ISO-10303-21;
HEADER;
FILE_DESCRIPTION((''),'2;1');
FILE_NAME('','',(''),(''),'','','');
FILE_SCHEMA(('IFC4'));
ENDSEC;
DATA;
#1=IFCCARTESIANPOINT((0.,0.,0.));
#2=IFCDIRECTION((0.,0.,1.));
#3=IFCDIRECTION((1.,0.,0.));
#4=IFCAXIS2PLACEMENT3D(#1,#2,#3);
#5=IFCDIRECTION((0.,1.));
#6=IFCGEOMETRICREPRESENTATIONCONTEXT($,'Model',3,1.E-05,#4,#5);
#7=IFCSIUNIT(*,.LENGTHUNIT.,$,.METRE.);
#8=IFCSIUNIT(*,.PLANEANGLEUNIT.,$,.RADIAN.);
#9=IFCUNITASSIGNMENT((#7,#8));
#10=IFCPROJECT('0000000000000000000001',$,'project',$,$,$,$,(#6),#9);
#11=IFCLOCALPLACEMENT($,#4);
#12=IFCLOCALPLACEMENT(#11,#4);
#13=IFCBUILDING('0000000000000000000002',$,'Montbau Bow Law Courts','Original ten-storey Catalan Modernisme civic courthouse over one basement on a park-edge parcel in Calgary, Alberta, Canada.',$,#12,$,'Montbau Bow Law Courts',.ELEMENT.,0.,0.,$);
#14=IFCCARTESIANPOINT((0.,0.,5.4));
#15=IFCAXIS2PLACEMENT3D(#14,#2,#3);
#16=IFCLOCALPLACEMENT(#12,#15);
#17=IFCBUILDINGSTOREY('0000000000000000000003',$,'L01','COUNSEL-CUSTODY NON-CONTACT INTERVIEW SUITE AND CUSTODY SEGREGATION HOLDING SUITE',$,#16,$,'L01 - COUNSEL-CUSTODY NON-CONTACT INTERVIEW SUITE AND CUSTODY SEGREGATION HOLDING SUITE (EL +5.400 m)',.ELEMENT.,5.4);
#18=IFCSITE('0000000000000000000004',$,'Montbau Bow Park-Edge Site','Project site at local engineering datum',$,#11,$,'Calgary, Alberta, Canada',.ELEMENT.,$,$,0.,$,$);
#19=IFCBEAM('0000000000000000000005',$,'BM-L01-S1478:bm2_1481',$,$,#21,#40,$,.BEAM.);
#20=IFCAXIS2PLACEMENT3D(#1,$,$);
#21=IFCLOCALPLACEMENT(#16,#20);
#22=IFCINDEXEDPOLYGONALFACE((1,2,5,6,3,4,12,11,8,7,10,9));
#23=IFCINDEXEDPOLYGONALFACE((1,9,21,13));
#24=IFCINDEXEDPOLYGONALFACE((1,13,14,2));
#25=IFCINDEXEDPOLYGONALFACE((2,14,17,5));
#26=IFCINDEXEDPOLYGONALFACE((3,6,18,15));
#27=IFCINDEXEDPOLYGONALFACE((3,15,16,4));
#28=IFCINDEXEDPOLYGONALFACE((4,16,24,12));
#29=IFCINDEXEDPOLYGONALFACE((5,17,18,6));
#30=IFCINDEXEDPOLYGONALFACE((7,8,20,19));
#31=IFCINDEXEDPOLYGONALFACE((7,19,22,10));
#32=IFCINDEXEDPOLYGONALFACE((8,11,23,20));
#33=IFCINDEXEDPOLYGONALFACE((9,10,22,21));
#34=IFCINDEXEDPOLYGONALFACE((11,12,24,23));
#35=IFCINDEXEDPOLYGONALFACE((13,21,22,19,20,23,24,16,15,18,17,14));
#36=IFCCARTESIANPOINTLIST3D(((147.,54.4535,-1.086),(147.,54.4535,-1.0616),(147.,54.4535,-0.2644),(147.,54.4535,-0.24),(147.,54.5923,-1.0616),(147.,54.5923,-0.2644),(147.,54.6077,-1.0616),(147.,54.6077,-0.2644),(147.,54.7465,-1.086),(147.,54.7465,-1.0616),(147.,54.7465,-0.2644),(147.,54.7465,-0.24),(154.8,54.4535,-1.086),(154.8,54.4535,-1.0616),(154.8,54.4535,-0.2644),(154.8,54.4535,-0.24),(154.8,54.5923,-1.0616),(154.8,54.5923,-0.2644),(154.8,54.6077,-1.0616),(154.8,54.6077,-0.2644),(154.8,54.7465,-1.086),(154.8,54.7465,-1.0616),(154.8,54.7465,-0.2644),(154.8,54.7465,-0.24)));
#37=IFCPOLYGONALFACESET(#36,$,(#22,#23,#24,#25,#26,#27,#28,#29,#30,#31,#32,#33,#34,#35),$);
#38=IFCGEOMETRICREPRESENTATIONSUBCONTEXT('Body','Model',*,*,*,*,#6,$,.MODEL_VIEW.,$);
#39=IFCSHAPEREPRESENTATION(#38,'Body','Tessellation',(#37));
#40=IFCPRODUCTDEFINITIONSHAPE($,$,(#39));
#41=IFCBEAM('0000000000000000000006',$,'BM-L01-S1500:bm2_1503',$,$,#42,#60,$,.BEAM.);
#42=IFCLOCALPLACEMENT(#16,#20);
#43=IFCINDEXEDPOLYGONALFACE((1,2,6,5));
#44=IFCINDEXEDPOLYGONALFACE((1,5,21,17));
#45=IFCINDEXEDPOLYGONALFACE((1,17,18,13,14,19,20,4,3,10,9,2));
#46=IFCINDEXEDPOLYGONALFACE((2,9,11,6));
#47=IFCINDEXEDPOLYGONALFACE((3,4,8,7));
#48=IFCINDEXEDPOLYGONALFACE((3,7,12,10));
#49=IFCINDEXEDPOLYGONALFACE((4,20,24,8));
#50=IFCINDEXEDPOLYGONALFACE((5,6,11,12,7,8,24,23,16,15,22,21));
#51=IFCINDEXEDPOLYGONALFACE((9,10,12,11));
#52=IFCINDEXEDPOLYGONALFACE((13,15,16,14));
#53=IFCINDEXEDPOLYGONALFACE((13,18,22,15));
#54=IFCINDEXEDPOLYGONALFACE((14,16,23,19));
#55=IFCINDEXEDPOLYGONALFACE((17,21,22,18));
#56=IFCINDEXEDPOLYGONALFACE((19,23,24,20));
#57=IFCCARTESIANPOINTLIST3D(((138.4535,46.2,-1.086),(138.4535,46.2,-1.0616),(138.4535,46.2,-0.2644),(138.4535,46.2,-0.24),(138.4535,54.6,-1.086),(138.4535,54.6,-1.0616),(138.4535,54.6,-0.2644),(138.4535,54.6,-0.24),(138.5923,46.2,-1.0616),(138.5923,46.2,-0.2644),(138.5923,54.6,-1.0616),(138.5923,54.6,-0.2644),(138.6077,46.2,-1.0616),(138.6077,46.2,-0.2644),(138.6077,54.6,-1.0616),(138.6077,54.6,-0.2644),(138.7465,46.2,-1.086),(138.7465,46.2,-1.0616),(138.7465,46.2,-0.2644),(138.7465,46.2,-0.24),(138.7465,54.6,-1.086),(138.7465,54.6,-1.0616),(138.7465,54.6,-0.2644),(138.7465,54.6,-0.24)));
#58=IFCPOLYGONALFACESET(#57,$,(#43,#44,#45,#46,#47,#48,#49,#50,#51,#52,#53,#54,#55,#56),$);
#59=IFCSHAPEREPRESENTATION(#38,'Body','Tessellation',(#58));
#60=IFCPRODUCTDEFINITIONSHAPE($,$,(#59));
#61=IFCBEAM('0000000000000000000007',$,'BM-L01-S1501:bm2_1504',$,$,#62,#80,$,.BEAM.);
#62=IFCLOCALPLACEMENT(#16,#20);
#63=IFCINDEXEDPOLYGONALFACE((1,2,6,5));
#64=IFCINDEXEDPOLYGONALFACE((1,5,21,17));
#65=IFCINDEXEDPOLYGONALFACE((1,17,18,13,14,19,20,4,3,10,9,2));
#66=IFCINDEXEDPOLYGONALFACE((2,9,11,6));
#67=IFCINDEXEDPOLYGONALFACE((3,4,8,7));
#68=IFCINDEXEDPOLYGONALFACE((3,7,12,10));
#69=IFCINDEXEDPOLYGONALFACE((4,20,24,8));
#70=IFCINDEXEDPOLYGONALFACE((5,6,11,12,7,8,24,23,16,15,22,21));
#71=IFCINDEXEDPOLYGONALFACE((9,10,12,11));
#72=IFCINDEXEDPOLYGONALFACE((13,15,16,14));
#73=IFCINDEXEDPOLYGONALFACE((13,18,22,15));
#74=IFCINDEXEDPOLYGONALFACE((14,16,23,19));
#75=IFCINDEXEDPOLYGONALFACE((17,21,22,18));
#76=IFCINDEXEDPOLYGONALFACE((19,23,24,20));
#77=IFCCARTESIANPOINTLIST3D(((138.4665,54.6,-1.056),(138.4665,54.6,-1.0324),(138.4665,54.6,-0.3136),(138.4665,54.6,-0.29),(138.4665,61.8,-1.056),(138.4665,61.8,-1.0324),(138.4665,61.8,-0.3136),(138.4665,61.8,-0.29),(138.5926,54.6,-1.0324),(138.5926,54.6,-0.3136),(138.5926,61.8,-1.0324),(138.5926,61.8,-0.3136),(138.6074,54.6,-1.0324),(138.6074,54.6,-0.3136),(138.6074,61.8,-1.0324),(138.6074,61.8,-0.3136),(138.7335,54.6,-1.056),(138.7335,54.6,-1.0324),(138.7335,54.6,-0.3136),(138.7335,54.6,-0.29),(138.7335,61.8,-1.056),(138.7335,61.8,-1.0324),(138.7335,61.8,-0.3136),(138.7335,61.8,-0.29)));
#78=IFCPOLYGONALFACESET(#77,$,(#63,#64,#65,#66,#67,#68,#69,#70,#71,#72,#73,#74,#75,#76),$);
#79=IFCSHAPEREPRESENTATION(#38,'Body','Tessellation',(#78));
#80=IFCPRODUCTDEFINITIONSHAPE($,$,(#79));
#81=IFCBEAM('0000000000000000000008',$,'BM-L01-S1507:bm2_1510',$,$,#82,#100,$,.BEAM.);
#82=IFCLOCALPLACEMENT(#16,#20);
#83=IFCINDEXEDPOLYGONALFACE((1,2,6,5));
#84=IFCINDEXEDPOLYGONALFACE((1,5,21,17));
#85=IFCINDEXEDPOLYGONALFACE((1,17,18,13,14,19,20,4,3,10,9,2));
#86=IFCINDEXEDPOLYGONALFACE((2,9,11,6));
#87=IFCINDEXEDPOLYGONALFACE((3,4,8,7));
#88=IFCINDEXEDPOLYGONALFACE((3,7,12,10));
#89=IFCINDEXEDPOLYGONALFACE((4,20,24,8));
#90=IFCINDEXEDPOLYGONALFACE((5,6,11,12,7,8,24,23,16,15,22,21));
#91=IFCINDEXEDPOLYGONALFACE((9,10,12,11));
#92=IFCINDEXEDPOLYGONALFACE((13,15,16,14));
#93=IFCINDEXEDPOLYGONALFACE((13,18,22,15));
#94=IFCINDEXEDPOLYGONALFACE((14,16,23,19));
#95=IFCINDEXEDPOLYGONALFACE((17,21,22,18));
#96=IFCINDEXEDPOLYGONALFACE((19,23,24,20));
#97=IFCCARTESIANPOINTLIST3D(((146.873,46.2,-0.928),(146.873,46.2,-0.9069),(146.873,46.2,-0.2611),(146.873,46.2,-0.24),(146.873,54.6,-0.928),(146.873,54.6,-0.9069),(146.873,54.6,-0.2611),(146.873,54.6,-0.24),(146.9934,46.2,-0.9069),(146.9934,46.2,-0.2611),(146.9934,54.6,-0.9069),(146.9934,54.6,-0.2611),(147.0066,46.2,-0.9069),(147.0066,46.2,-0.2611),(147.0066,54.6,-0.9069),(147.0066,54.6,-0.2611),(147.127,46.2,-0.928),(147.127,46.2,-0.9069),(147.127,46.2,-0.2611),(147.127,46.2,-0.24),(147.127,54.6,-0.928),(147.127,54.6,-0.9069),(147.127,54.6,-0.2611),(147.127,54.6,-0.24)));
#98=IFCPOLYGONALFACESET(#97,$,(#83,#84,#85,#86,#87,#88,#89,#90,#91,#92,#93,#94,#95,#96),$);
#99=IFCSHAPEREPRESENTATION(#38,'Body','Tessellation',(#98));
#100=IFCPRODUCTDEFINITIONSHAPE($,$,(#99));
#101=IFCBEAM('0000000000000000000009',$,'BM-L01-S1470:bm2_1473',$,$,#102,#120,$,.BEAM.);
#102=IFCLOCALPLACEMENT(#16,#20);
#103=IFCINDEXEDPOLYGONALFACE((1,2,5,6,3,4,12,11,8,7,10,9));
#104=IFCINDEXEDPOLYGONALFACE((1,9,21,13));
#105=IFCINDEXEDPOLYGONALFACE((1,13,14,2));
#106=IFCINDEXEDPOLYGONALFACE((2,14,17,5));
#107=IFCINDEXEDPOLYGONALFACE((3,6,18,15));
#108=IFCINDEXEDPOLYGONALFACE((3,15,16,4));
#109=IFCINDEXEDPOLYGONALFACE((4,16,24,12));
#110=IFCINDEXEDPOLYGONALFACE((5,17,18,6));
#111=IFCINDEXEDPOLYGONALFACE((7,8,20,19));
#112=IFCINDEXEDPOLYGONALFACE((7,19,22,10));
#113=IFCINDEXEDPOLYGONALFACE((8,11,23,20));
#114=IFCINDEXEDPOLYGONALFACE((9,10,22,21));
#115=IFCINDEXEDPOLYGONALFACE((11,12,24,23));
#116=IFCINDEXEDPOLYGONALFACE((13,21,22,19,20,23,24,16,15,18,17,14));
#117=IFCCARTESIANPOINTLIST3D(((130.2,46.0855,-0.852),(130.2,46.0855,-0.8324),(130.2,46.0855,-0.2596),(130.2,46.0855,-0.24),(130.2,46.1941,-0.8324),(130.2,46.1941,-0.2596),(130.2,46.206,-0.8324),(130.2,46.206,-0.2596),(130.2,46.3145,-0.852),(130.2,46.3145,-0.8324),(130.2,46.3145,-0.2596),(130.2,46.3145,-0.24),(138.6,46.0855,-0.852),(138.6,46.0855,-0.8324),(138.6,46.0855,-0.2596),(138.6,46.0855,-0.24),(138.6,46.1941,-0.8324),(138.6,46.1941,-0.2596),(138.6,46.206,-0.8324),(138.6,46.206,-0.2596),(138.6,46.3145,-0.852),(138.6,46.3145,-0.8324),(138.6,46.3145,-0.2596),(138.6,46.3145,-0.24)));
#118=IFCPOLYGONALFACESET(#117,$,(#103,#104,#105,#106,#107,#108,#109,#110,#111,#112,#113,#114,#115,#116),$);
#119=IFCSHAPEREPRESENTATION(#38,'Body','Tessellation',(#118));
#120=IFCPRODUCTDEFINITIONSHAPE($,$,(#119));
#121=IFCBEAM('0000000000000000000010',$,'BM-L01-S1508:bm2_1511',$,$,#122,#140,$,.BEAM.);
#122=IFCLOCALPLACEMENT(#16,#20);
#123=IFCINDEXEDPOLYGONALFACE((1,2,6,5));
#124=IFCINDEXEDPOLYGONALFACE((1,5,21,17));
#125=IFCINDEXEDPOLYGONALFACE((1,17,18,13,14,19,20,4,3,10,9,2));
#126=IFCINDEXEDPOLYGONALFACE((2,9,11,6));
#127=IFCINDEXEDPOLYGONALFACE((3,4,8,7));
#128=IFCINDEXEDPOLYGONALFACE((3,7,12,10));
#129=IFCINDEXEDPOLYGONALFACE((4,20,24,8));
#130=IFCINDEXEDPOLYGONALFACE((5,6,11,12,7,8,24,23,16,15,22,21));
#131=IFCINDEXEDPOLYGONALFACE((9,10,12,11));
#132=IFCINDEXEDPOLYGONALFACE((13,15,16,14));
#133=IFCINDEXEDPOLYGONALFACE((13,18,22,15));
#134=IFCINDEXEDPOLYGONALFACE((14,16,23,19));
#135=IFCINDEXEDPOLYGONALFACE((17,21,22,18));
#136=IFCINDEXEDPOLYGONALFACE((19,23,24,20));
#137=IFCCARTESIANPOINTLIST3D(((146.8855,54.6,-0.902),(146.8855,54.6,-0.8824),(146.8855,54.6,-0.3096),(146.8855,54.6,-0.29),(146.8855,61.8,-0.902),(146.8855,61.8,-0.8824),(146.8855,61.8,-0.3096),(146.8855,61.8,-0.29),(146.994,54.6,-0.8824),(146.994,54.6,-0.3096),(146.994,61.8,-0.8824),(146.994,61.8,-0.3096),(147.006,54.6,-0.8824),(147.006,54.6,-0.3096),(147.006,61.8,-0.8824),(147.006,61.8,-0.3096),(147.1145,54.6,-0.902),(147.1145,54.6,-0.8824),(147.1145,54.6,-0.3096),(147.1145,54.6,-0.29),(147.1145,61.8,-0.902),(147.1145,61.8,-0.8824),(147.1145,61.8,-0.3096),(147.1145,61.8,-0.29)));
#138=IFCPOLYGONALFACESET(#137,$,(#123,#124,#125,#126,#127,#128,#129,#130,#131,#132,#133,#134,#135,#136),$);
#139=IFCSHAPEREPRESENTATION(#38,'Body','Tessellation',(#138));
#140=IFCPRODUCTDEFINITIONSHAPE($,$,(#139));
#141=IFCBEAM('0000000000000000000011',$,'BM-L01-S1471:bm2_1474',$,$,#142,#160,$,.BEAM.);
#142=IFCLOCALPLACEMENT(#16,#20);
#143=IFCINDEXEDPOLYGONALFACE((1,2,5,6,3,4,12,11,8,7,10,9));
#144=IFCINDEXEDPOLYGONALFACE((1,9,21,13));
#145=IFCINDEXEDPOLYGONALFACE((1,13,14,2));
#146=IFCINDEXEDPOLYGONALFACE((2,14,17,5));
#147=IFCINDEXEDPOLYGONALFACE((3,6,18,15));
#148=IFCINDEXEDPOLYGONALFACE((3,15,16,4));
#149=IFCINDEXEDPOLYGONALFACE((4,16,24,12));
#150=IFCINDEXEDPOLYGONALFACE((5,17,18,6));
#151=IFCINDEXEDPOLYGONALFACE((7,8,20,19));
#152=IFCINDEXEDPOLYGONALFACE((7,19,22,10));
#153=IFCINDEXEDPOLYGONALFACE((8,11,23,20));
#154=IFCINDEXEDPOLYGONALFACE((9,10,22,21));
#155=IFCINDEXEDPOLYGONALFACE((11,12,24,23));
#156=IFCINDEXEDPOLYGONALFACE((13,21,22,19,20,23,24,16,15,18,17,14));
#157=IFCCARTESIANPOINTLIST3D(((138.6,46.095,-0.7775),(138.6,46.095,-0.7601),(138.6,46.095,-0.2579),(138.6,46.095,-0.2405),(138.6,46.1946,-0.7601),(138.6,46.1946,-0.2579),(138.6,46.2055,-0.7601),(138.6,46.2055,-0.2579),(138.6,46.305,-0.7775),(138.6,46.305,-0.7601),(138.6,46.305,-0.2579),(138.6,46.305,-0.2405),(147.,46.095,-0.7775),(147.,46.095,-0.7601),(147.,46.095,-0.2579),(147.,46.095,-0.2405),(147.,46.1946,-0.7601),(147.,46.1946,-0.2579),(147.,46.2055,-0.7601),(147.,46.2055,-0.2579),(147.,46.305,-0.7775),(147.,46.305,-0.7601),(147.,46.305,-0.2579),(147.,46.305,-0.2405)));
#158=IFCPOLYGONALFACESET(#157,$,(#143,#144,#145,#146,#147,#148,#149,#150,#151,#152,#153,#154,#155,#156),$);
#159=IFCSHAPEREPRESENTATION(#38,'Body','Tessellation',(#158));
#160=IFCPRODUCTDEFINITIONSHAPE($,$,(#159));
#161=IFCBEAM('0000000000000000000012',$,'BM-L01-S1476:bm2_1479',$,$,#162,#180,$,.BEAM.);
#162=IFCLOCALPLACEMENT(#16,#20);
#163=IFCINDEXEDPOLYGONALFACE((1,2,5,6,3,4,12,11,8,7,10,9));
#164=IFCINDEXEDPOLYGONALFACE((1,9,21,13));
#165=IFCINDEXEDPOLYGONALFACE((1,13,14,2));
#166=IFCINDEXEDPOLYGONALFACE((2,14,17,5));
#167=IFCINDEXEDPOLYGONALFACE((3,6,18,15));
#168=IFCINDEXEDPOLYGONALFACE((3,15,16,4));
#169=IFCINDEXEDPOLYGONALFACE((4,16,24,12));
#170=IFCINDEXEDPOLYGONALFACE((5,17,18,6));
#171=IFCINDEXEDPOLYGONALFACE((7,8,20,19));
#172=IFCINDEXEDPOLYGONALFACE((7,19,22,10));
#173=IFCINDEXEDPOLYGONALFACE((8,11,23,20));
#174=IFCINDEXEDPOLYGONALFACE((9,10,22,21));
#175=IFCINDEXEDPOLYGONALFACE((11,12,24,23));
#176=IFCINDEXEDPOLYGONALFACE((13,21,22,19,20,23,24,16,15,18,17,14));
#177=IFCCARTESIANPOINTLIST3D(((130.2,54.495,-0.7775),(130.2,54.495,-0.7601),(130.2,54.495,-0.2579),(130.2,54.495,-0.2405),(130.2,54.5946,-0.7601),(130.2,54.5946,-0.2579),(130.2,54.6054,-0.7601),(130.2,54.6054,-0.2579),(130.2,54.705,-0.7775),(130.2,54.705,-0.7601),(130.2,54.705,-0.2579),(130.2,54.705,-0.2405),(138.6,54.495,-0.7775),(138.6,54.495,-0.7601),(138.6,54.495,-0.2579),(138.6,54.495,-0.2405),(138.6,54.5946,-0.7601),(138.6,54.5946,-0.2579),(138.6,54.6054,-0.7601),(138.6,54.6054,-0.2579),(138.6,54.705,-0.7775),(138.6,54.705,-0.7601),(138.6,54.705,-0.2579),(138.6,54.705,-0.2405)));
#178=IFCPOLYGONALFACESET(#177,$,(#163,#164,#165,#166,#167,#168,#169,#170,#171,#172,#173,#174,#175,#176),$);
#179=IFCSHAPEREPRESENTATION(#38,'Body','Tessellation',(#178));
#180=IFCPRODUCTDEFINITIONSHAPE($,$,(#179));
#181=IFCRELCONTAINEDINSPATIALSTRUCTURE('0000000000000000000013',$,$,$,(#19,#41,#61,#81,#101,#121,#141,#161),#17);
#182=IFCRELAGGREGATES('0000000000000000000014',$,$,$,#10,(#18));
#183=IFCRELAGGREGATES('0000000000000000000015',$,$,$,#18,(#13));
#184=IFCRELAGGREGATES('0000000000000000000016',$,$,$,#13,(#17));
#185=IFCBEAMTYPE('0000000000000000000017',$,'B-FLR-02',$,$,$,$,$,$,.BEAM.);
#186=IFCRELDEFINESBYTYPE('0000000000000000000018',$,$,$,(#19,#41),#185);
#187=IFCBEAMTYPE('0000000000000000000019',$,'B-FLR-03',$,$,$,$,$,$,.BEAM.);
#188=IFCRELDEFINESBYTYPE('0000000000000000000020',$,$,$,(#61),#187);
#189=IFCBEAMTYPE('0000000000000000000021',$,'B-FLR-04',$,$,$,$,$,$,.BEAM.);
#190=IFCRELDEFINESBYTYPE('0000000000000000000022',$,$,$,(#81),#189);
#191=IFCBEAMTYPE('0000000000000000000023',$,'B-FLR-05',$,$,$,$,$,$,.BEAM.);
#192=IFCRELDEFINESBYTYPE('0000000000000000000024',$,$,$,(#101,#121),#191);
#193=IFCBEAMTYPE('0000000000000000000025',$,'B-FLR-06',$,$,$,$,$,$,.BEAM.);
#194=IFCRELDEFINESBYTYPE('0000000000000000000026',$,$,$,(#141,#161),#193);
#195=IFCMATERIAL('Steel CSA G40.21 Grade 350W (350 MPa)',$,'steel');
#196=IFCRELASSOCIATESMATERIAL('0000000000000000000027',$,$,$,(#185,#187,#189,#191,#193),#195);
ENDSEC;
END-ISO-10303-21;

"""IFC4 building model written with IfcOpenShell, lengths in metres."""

from ifc_helpers import new_model, si_unit, direction, frame, origin_with_axes, origin_2d_with_axis, place, context, subcontext, project, spatial, i_section, extrude, material, material_profile, profile_set, type_object, element, save


model = new_model("IFC4")

# Units and contexts
model_context = context("Model", 3, precision=1e-05, world=origin_with_axes(), true_north=direction((0.0, 1.0)))
body_context = subcontext(model_context, "Body", "Model", "MODEL_VIEW")
ifc_project = project(units=[si_unit("LENGTHUNIT", "METRE"), si_unit("PLANEANGLEUNIT", "RADIAN")], contexts=[model_context])

# Site, building, storey
site_placement = place(None, origin_with_axes())
site = spatial("IfcSite", under=ifc_project, at=site_placement, Name="Montbau Bow Park-Edge Site", Description="Project site at local engineering datum", LongName="Calgary, Alberta, Canada", CompositionType="ELEMENT", RefElevation=0.0)
building_placement = place(site_placement, origin_with_axes())
building = spatial("IfcBuilding", under=site, at=building_placement, Name="Montbau Bow Law Courts", Description="Original ten-storey Catalan Modernisme civic courthouse over one basement on a park-edge parcel in Calgary, Alberta, Canada.", LongName="Montbau Bow Law Courts", CompositionType="ELEMENT", ElevationOfRefHeight=0.0, ElevationOfTerrain=0.0)
storey_placement = place(building_placement, frame((0.0, 0.0, 5.4), z_axis=(0.0, 0.0, 1.0), x_axis=(1.0, 0.0, 0.0)))
storey = spatial("IfcBuildingStorey", under=building, at=storey_placement, Name="L01", Description="COUNSEL-CUSTODY NON-CONTACT INTERVIEW SUITE AND CUSTODY SEGREGATION HOLDING SUITE", LongName="L01 - COUNSEL-CUSTODY NON-CONTACT INTERVIEW SUITE AND CUSTODY SEGREGATION HOLDING SUITE (EL +5.400 m)", CompositionType="ELEMENT", Elevation=5.4)

# Shared definitions
ifc_material_1 = material(Name="Steel CSA G40.21 Grade 350W (350 MPa)", Category="steel")

# Beams
ifc_material_profile_1 = material_profile(ifc_material_1, i_section(OverallWidth=0.293, OverallDepth=0.846, WebThickness=0.0154, FlangeThickness=0.0244, at=origin_2d_with_axis()), Name="W840X210", Category="Main", Priority=0)
ifc_profile_set_1 = profile_set([ifc_material_profile_1], Name="Steel CSA G40.21 Grade 350W (350 MPa)")
beam_type_1 = type_object("IfcBeamType", Name="B-FLR-02", PredefinedType="BEAM", material=ifc_profile_set_1)
beam_1_placement = place(None, frame((147.0, 54.6, 4.737), z_axis=(1.0, 0.0, 0.0), x_axis=(0.0, 1.0, 0.0)))
element("IfcBeam", 1, at=beam_1_placement, inside=storey, type_object=beam_type_1, Name="BM-L01-S1478:bm2_1481", PredefinedType="BEAM", context=body_context, shape_type="SweptSolid", body=[
    extrude(i_section(OverallWidth=0.293, OverallDepth=0.846, WebThickness=0.0154, FlangeThickness=0.0244, at=origin_2d_with_axis()), origin_with_axes(), (0.0, 0.0, 1.0), 7.8),
])
beam_2_placement = place(None, frame((138.6, 46.2, 4.737), z_axis=(0.0, 1.0, 0.0), x_axis=(-1.0, 0.0, 0.0)))
element("IfcBeam", 2, at=beam_2_placement, inside=storey, type_object=beam_type_1, Name="BM-L01-S1500:bm2_1503", PredefinedType="BEAM", context=body_context, shape_type="SweptSolid", body=[
    extrude(i_section(OverallWidth=0.293, OverallDepth=0.846, WebThickness=0.0154, FlangeThickness=0.0244, at=origin_2d_with_axis()), origin_with_axes(), (0.0, 0.0, 1.0), 8.4),
])
ifc_material_profile_2 = material_profile(ifc_material_1, i_section(OverallWidth=0.267, OverallDepth=0.766, WebThickness=0.0149, FlangeThickness=0.0236, at=origin_2d_with_axis()), Name="W760X185", Category="Main", Priority=0)
ifc_profile_set_2 = profile_set([ifc_material_profile_2], Name="Steel CSA G40.21 Grade 350W (350 MPa)")
beam_type_2 = type_object("IfcBeamType", Name="B-FLR-03", PredefinedType="BEAM", material=ifc_profile_set_2)
beam_3_placement = place(None, frame((138.6, 54.6, 4.727), z_axis=(0.0, 1.0, 0.0), x_axis=(-1.0, 0.0, 0.0)))
element("IfcBeam", 3, at=beam_3_placement, inside=storey, type_object=beam_type_2, Name="BM-L01-S1501:bm2_1504", PredefinedType="BEAM", context=body_context, shape_type="SweptSolid", body=[
    extrude(i_section(OverallWidth=0.267, OverallDepth=0.766, WebThickness=0.0149, FlangeThickness=0.0236, at=origin_2d_with_axis()), origin_with_axes(), (0.0, 0.0, 1.0), 7.2),
])
ifc_material_profile_3 = material_profile(ifc_material_1, i_section(OverallWidth=0.254, OverallDepth=0.688, WebThickness=0.0131, FlangeThickness=0.0211, at=origin_2d_with_axis()), Name="W690X152", Category="Main", Priority=0)
ifc_profile_set_3 = profile_set([ifc_material_profile_3], Name="Steel CSA G40.21 Grade 350W (350 MPa)")
beam_type_3 = type_object("IfcBeamType", Name="B-FLR-04", PredefinedType="BEAM", material=ifc_profile_set_3)
beam_4_placement = place(None, frame((147.0, 46.2, 4.816), z_axis=(0.0, 1.0, 0.0), x_axis=(-1.0, 0.0, 0.0)))
element("IfcBeam", 4, at=beam_4_placement, inside=storey, type_object=beam_type_3, Name="BM-L01-S1507:bm2_1510", PredefinedType="BEAM", context=body_context, shape_type="SweptSolid", body=[
    extrude(i_section(OverallWidth=0.254, OverallDepth=0.688, WebThickness=0.0131, FlangeThickness=0.0211, at=origin_2d_with_axis()), origin_with_axes(), (0.0, 0.0, 1.0), 8.4),
])
ifc_material_profile_4 = material_profile(ifc_material_1, i_section(OverallWidth=0.229, OverallDepth=0.612, WebThickness=0.0119, FlangeThickness=0.0196, at=origin_2d_with_axis()), Name="W610X125", Category="Main", Priority=0)
ifc_profile_set_4 = profile_set([ifc_material_profile_4], Name="Steel CSA G40.21 Grade 350W (350 MPa)")
beam_type_4 = type_object("IfcBeamType", Name="B-FLR-05", PredefinedType="BEAM", material=ifc_profile_set_4)
beam_5_placement = place(None, frame((130.2, 46.2, 4.854), z_axis=(1.0, 0.0, 0.0), x_axis=(0.0, 1.0, 0.0)))
element("IfcBeam", 5, at=beam_5_placement, inside=storey, type_object=beam_type_4, Name="BM-L01-S1470:bm2_1473", PredefinedType="BEAM", context=body_context, shape_type="SweptSolid", body=[
    extrude(i_section(OverallWidth=0.229, OverallDepth=0.612, WebThickness=0.0119, FlangeThickness=0.0196, at=origin_2d_with_axis()), origin_with_axes(), (0.0, 0.0, 1.0), 8.4),
])
beam_6_placement = place(None, frame((147.0, 54.6, 4.804), z_axis=(0.0, 1.0, 0.0), x_axis=(-1.0, 0.0, 0.0)))
element("IfcBeam", 6, at=beam_6_placement, inside=storey, type_object=beam_type_4, Name="BM-L01-S1508:bm2_1511", PredefinedType="BEAM", context=body_context, shape_type="SweptSolid", body=[
    extrude(i_section(OverallWidth=0.229, OverallDepth=0.612, WebThickness=0.0119, FlangeThickness=0.0196, at=origin_2d_with_axis()), origin_with_axes(), (0.0, 0.0, 1.0), 7.2),
])
ifc_material_profile_5 = material_profile(ifc_material_1, i_section(OverallWidth=0.21, OverallDepth=0.537, WebThickness=0.0109, FlangeThickness=0.0174, at=origin_2d_with_axis()), Name="W530X101", Category="Main", Priority=0)
ifc_profile_set_5 = profile_set([ifc_material_profile_5], Name="Steel CSA G40.21 Grade 350W (350 MPa)")
beam_type_5 = type_object("IfcBeamType", Name="B-FLR-06", PredefinedType="BEAM", material=ifc_profile_set_5)
for number, where, z_axis, x_axis, name in (
    (7, (138.6, 46.2, 4.891), (1.0, 0.0, 0.0), (0.0, 1.0, 0.0), "BM-L01-S1471:bm2_1474"),
    (8, (130.2, 54.6, 4.891), (1.0, 0.0, 0.0), (0.0, 1.0, 0.0), "BM-L01-S1476:bm2_1479"),
):
    element("IfcBeam", number, at=place(None, frame(where, z_axis=z_axis, x_axis=x_axis)), inside=storey, type_object=beam_type_5, Name=name, PredefinedType="BEAM", context=body_context, shape_type="SweptSolid", body=[
        extrude(i_section(OverallWidth=0.21, OverallDepth=0.537, WebThickness=0.0109, FlangeThickness=0.0174, at=origin_2d_with_axis()), origin_with_axes(), (0.0, 0.0, 1.0), 8.4),
    ])

save(model, "model.ifc")
